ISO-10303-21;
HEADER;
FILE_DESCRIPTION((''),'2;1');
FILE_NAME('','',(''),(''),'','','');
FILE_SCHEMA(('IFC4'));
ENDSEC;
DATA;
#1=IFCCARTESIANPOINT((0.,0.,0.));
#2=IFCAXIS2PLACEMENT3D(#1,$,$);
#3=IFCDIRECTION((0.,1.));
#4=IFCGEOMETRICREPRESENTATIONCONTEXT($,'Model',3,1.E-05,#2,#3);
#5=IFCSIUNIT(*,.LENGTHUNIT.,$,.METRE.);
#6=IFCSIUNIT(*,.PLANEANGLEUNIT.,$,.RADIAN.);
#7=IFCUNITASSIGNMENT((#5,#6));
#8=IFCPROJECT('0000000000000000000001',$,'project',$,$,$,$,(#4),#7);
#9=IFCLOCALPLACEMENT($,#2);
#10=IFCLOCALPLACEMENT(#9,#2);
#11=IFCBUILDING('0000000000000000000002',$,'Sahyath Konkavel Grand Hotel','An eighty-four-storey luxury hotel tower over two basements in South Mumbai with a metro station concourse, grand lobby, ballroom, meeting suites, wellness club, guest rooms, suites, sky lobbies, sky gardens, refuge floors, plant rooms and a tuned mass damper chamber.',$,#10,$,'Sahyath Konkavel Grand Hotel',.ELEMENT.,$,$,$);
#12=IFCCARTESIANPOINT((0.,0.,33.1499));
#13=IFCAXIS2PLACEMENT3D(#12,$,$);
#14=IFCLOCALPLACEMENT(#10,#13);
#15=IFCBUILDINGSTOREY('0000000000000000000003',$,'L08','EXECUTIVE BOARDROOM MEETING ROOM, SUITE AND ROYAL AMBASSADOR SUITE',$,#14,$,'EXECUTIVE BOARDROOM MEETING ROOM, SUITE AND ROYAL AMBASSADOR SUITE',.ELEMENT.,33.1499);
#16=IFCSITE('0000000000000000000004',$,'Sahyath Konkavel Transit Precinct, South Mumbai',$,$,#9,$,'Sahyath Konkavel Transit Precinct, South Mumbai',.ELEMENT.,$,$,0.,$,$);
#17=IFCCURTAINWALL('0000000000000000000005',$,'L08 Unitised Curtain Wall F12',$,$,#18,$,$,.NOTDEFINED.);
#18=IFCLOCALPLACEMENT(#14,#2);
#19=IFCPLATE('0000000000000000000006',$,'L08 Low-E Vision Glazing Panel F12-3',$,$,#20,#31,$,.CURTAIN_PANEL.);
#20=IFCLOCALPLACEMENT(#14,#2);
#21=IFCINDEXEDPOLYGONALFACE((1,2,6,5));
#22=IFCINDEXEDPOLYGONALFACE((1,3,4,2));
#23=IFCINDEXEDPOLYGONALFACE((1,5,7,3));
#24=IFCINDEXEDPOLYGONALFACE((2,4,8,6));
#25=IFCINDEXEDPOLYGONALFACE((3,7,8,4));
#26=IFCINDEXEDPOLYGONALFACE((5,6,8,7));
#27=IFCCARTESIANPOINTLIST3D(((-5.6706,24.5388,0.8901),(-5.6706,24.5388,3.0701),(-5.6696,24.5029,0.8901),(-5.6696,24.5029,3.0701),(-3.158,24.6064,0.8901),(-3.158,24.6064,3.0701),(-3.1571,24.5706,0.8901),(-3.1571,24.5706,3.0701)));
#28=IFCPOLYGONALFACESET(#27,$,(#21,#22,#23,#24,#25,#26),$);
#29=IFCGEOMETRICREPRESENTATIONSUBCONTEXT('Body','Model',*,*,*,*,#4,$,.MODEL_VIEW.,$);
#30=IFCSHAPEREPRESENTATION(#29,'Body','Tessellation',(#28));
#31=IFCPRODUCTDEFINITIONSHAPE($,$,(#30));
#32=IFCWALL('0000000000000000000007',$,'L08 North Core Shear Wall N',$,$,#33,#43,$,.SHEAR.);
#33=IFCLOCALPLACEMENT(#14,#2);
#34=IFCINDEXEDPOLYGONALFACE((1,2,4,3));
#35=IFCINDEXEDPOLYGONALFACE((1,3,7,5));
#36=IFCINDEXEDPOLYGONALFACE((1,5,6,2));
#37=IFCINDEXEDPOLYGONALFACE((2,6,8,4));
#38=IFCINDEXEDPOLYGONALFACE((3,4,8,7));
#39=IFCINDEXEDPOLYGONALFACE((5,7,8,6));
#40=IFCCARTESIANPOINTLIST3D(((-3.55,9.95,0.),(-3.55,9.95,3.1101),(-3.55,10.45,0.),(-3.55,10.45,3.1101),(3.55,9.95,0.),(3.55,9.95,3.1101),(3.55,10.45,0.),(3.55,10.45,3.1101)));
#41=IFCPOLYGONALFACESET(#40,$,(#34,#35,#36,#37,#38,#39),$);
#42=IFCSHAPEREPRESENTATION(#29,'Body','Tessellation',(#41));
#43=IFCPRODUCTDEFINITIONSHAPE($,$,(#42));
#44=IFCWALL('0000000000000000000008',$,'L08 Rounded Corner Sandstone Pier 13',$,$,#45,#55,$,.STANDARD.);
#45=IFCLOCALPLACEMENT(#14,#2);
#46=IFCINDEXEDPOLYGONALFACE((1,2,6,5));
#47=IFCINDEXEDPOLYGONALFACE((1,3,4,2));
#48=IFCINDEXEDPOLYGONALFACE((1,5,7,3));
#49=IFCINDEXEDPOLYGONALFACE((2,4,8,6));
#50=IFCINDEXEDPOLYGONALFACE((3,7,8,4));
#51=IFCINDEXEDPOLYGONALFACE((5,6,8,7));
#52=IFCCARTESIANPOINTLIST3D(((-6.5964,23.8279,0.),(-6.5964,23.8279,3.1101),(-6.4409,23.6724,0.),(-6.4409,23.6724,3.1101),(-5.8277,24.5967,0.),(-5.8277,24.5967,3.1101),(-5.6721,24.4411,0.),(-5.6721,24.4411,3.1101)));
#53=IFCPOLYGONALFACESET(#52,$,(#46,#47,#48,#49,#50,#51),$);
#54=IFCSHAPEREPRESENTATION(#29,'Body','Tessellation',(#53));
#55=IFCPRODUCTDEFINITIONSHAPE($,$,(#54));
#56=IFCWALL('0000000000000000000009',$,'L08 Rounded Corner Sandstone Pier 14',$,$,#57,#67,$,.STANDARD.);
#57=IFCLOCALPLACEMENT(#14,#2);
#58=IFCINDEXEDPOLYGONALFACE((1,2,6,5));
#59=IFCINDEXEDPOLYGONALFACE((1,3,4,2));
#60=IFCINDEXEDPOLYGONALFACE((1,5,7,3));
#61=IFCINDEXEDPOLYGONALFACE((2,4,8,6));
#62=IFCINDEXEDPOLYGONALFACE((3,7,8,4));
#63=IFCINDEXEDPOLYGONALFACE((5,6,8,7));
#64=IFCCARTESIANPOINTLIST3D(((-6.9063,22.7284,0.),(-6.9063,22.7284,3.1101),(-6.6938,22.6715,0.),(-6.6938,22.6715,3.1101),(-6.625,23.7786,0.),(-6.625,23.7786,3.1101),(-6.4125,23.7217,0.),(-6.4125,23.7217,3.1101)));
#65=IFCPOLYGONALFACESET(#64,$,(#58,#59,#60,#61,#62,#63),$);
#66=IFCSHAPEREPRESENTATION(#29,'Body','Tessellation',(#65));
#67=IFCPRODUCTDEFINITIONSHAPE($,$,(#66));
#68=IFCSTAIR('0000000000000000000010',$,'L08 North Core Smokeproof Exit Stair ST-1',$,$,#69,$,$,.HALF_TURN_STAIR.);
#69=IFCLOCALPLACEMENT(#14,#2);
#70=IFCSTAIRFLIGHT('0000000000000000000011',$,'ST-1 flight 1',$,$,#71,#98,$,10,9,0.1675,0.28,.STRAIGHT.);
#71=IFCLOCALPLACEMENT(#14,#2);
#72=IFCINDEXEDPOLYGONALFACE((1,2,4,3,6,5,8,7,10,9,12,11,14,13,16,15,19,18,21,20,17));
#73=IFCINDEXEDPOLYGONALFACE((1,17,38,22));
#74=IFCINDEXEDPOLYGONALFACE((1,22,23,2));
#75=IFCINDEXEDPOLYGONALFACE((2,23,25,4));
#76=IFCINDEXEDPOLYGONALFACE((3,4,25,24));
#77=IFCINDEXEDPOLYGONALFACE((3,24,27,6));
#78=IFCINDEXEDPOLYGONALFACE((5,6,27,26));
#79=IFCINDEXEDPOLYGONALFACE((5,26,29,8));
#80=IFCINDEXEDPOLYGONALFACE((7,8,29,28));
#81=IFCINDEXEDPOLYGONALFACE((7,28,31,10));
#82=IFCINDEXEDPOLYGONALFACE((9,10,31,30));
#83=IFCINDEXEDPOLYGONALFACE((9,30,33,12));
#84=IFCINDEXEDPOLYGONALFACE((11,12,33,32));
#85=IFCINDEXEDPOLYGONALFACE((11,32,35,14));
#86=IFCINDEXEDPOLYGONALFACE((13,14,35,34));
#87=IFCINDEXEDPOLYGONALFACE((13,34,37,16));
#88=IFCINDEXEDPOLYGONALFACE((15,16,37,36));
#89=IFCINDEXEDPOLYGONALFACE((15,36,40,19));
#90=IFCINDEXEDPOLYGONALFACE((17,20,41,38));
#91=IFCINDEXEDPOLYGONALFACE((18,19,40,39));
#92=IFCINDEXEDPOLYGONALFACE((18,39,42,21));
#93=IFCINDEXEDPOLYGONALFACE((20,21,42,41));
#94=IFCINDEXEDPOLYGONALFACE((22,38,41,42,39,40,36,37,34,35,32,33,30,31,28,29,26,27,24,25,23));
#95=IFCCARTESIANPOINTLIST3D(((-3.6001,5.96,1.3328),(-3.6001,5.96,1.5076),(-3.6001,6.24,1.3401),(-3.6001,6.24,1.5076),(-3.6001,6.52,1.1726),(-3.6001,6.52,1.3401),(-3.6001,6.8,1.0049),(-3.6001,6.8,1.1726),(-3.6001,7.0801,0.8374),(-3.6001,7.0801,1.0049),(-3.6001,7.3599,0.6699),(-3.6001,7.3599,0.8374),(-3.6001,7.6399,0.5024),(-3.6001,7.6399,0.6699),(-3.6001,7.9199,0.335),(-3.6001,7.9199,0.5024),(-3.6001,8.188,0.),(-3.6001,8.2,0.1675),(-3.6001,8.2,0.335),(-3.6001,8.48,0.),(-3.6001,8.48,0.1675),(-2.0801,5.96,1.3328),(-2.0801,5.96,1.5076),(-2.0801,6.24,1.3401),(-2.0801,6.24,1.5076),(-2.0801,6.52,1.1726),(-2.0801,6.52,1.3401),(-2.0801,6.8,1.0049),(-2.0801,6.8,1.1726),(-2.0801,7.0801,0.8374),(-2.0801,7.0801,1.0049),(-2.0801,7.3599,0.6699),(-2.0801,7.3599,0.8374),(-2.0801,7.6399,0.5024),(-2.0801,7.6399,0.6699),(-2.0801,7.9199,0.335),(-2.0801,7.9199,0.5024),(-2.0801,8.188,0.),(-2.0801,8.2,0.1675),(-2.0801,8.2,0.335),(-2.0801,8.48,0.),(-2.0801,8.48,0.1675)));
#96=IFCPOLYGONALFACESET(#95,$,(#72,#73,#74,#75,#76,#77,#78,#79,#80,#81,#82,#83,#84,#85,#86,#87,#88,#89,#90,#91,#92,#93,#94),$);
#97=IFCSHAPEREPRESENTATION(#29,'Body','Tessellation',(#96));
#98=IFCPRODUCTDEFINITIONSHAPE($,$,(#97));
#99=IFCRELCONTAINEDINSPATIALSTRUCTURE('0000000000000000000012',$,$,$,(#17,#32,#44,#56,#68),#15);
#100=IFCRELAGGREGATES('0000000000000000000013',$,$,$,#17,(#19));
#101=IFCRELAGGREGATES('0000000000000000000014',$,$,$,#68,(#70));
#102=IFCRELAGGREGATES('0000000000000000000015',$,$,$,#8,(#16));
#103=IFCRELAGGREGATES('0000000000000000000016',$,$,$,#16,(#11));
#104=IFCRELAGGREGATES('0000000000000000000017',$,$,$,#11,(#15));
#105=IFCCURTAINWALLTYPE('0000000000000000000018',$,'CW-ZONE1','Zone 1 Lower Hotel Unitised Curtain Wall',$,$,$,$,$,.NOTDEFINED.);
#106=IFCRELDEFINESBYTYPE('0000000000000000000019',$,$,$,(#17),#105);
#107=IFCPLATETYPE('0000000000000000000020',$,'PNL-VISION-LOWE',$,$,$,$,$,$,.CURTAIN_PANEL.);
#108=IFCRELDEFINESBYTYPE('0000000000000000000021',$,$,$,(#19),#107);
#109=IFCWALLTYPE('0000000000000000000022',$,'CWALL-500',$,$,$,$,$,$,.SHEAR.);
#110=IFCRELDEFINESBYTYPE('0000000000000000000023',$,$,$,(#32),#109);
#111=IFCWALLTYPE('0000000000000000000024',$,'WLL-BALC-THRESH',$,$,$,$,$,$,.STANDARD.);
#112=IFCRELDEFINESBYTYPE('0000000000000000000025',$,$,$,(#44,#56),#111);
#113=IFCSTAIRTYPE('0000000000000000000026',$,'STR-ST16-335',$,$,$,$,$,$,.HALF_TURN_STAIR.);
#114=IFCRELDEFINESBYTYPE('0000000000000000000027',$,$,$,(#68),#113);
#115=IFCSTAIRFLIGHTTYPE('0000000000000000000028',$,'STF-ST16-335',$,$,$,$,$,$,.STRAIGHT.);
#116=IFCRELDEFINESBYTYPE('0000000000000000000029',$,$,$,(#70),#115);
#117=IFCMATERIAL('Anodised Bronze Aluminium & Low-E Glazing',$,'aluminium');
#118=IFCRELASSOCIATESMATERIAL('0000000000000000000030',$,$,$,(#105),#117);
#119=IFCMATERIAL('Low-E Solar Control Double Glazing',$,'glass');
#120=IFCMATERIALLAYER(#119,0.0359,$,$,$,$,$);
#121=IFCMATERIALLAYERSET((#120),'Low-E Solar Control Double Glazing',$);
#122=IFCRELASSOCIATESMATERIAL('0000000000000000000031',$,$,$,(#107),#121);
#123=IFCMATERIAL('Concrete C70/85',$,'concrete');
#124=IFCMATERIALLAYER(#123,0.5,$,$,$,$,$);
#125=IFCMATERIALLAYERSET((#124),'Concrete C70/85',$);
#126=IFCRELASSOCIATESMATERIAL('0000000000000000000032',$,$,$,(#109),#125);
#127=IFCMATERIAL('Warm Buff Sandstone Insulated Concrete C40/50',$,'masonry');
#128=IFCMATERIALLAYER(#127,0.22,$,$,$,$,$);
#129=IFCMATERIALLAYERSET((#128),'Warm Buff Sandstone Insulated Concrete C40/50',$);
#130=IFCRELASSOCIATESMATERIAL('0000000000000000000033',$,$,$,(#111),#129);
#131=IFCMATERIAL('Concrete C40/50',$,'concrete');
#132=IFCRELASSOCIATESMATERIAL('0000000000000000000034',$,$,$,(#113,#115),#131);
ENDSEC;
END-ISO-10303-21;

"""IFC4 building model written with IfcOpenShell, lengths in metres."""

from ifc_helpers import new_model, si_unit, direction, frame, frame_2d, origin, origin_2d, place, context, subcontext, project, spatial, polyline, rectangle, outline, extrude, source, transform, mapped, material, layer, layer_set, type_object, element, aggregate, save


model = new_model("IFC4")

# Units and contexts
model_context = context("Model", 3, precision=1e-05, world=origin(), true_north=direction((0.0, 1.0)))
body_context = subcontext(model_context, "Body", "Model", "MODEL_VIEW")
ifc_project = project(units=[si_unit("LENGTHUNIT", "METRE"), si_unit("PLANEANGLEUNIT", "RADIAN")], contexts=[model_context])

# Site, building, storey
site_placement = place(None, origin())
site = spatial("IfcSite", under=ifc_project, at=site_placement, Name="Sahyath Konkavel Transit Precinct, South Mumbai", LongName="Sahyath Konkavel Transit Precinct, South Mumbai", CompositionType="ELEMENT", RefElevation=0.0)
building_placement = place(site_placement, origin())
building = spatial("IfcBuilding", under=site, at=building_placement, Name="Sahyath Konkavel Grand Hotel", Description="An eighty-four-storey luxury hotel tower over two basements in South Mumbai with a metro station concourse, grand lobby, ballroom, meeting suites, wellness club, guest rooms, suites, sky lobbies, sky gardens, refuge floors, plant rooms and a tuned mass damper chamber.", LongName="Sahyath Konkavel Grand Hotel", CompositionType="ELEMENT")
storey_placement = place(building_placement, frame((0.0, 0.0, 33.1499)))
storey = spatial("IfcBuildingStorey", under=building, at=storey_placement, Name="L08", Description="EXECUTIVE BOARDROOM MEETING ROOM, SUITE AND ROYAL AMBASSADOR SUITE", LongName="EXECUTIVE BOARDROOM MEETING ROOM, SUITE AND ROYAL AMBASSADOR SUITE", CompositionType="ELEMENT", Elevation=33.1499)

# Shared definitions
ifc_material_1 = material(Name="Concrete C70/85", Category="concrete")

# Curtain wall
ifc_material_2 = material(Name="Anodised Bronze Aluminium & Low-E Glazing", Category="aluminium")
curtain_wall_type = type_object("IfcCurtainWallType", Name="CW-ZONE1", Description="Zone 1 Lower Hotel Unitised Curtain Wall", PredefinedType="NOTDEFINED", material=ifc_material_2)
curtain_wall_1_placement = place(storey_placement, origin())
curtain_wall_1 = element("IfcCurtainWall", 1, at=curtain_wall_1_placement, inside=storey, type_object=curtain_wall_type, Name="L08 Unitised Curtain Wall F12", PredefinedType="NOTDEFINED")

# Plate
ifc_material_3 = material(Name="Low-E Solar Control Double Glazing", Category="glass")
ifc_layer_1 = layer(ifc_material_3, 0.0359)
ifc_layer_set_1 = layer_set([ifc_layer_1], Name="Low-E Solar Control Double Glazing")
plate_type_1 = type_object("IfcPlateType", Name="PNL-VISION-LOWE", PredefinedType="CURTAIN_PANEL", material=ifc_layer_set_1)
shared_shape_1 = source(origin(), body_context, "Body", "SweptSolid", [
    extrude(rectangle(XDim=2.5134, YDim=0.0359, at=origin_2d()), origin(), (0.0, 0.0, 1.0), 2.1799),
])
plate_1_placement = place(storey_placement, frame((-4.4138, 24.5547, 0.8901), z_axis=(0.0, 0.0, 1.0), x_axis=(-0.999638, -0.02691, 0.0)))
plate_1 = element("IfcPlate", 2, at=plate_1_placement, type_object=plate_type_1, Name="L08 Low-E Vision Glazing Panel F12-3", PredefinedType="CURTAIN_PANEL", context=body_context, shape_type="MappedRepresentation", body=[
    mapped(shared_shape_1, transform((0.0, 0.0, 0.0), scale=1.0)),
])
aggregate(curtain_wall_1, [plate_1])

# Walls
ifc_layer_2 = layer(ifc_material_1, 0.5)
ifc_layer_set_2 = layer_set([ifc_layer_2], Name="Concrete C70/85")
wall_type_1 = type_object("IfcWallType", Name="CWALL-500", PredefinedType="SHEAR", material=ifc_layer_set_2)
wall_placement = place(storey_placement, frame((-3.55, 10.2, 0.0), z_axis=(0.0, 0.0, 1.0), x_axis=(1.0, 0.0, 0.0)))
element("IfcWall", 3, at=wall_placement, inside=storey, type_object=wall_type_1, Name="L08 North Core Shear Wall N", PredefinedType="SHEAR", context=body_context, shape_type="SweptSolid", body=[
    extrude(rectangle(XDim=7.1001, YDim=0.5, at=frame_2d((3.55, 0.0))), origin(), (0.0, 0.0, 1.0), 3.1101),
])
ifc_material_4 = material(Name="Warm Buff Sandstone Insulated Concrete C40/50", Category="masonry")
ifc_layer_3 = layer(ifc_material_4, 0.22)
ifc_layer_set_3 = layer_set([ifc_layer_3], Name="Warm Buff Sandstone Insulated Concrete C40/50")
wall_type_2 = type_object("IfcWallType", Name="WLL-BALC-THRESH", PredefinedType="STANDARD", material=ifc_layer_set_3)
for number, where, z_axis, x_axis, name in (
    (4, (-5.75, 24.5188, 0.0), (0.0, 0.0, 1.0), (-0.707107, -0.707107, 0.0), "L08 Rounded Corner Sandstone Pier 13"),
    (5, (-6.5188, 23.75, 0.0), (0.0, 0.0, 1.0), (-0.258725, -0.965951, 0.0), "L08 Rounded Corner Sandstone Pier 14"),
):
    element("IfcWall", number, at=place(storey_placement, frame(where, z_axis=z_axis, x_axis=x_axis)), inside=storey, type_object=wall_type_2, Name=name, PredefinedType="STANDARD", context=body_context, shape_type="SweptSolid", body=[
        extrude(rectangle(XDim=1.0872, YDim=0.22, at=frame_2d((0.5435, 0.0))), origin(), (0.0, 0.0, 1.0), 3.1101),
    ])

# Stair, stair flight
ifc_material_5 = material(Name="Concrete C40/50", Category="concrete")
stair_type = type_object("IfcStairType", Name="STR-ST16-335", PredefinedType="HALF_TURN_STAIR", material=ifc_material_5)
stair_placement = place(storey_placement, origin())
stair = element("IfcStair", 6, at=stair_placement, inside=storey, type_object=stair_type, Name="L08 North Core Smokeproof Exit Stair ST-1", PredefinedType="HALF_TURN_STAIR")
stair_flight_type = type_object("IfcStairFlightType", Name="STF-ST16-335", PredefinedType="STRAIGHT", material=ifc_material_5)
stair_flight_placement = place(storey_placement, frame((-2.8401, 8.48, 0.0), z_axis=(0.0, 0.0, 1.0), x_axis=(0.0, -1.0, 0.0)))
stair_flight = element("IfcStairFlight", 7, at=stair_flight_placement, type_object=stair_flight_type, Name="ST-1 flight 1", NumberOfRisers=10, NumberOfTreads=9, PredefinedType="STRAIGHT", RiserHeight=0.1675, TreadLength=0.28, context=body_context, shape_type="SweptSolid", body=[
    extrude(outline(polyline([(0.0, 0.0), (0.0, 0.1675), (0.28, 0.1675), (0.28, 0.335), (0.5601, 0.335), (0.5601, 0.5024), (0.8401, 0.5024), (0.8401, 0.6699), (1.1201, 0.6699), (1.1201, 0.8374), (1.3999, 0.8374), (1.3999, 1.0049), (1.6799, 1.0049), (1.6799, 1.1726), (1.96, 1.1726), (1.96, 1.3401), (2.24, 1.3401), (2.24, 1.5076), (2.52, 1.5076), (2.52, 1.675), (2.52, 1.3328), (0.292, 0.0), (0.0, 0.0)])), frame((0.0, 0.76, 0.0), z_axis=(0.0, -1.0, 0.0), x_axis=(1.0, 0.0, 0.0)), (0.0, 0.0, 1.0), 1.52),
])
aggregate(stair, [stair_flight])

save(model, "model.ifc")
